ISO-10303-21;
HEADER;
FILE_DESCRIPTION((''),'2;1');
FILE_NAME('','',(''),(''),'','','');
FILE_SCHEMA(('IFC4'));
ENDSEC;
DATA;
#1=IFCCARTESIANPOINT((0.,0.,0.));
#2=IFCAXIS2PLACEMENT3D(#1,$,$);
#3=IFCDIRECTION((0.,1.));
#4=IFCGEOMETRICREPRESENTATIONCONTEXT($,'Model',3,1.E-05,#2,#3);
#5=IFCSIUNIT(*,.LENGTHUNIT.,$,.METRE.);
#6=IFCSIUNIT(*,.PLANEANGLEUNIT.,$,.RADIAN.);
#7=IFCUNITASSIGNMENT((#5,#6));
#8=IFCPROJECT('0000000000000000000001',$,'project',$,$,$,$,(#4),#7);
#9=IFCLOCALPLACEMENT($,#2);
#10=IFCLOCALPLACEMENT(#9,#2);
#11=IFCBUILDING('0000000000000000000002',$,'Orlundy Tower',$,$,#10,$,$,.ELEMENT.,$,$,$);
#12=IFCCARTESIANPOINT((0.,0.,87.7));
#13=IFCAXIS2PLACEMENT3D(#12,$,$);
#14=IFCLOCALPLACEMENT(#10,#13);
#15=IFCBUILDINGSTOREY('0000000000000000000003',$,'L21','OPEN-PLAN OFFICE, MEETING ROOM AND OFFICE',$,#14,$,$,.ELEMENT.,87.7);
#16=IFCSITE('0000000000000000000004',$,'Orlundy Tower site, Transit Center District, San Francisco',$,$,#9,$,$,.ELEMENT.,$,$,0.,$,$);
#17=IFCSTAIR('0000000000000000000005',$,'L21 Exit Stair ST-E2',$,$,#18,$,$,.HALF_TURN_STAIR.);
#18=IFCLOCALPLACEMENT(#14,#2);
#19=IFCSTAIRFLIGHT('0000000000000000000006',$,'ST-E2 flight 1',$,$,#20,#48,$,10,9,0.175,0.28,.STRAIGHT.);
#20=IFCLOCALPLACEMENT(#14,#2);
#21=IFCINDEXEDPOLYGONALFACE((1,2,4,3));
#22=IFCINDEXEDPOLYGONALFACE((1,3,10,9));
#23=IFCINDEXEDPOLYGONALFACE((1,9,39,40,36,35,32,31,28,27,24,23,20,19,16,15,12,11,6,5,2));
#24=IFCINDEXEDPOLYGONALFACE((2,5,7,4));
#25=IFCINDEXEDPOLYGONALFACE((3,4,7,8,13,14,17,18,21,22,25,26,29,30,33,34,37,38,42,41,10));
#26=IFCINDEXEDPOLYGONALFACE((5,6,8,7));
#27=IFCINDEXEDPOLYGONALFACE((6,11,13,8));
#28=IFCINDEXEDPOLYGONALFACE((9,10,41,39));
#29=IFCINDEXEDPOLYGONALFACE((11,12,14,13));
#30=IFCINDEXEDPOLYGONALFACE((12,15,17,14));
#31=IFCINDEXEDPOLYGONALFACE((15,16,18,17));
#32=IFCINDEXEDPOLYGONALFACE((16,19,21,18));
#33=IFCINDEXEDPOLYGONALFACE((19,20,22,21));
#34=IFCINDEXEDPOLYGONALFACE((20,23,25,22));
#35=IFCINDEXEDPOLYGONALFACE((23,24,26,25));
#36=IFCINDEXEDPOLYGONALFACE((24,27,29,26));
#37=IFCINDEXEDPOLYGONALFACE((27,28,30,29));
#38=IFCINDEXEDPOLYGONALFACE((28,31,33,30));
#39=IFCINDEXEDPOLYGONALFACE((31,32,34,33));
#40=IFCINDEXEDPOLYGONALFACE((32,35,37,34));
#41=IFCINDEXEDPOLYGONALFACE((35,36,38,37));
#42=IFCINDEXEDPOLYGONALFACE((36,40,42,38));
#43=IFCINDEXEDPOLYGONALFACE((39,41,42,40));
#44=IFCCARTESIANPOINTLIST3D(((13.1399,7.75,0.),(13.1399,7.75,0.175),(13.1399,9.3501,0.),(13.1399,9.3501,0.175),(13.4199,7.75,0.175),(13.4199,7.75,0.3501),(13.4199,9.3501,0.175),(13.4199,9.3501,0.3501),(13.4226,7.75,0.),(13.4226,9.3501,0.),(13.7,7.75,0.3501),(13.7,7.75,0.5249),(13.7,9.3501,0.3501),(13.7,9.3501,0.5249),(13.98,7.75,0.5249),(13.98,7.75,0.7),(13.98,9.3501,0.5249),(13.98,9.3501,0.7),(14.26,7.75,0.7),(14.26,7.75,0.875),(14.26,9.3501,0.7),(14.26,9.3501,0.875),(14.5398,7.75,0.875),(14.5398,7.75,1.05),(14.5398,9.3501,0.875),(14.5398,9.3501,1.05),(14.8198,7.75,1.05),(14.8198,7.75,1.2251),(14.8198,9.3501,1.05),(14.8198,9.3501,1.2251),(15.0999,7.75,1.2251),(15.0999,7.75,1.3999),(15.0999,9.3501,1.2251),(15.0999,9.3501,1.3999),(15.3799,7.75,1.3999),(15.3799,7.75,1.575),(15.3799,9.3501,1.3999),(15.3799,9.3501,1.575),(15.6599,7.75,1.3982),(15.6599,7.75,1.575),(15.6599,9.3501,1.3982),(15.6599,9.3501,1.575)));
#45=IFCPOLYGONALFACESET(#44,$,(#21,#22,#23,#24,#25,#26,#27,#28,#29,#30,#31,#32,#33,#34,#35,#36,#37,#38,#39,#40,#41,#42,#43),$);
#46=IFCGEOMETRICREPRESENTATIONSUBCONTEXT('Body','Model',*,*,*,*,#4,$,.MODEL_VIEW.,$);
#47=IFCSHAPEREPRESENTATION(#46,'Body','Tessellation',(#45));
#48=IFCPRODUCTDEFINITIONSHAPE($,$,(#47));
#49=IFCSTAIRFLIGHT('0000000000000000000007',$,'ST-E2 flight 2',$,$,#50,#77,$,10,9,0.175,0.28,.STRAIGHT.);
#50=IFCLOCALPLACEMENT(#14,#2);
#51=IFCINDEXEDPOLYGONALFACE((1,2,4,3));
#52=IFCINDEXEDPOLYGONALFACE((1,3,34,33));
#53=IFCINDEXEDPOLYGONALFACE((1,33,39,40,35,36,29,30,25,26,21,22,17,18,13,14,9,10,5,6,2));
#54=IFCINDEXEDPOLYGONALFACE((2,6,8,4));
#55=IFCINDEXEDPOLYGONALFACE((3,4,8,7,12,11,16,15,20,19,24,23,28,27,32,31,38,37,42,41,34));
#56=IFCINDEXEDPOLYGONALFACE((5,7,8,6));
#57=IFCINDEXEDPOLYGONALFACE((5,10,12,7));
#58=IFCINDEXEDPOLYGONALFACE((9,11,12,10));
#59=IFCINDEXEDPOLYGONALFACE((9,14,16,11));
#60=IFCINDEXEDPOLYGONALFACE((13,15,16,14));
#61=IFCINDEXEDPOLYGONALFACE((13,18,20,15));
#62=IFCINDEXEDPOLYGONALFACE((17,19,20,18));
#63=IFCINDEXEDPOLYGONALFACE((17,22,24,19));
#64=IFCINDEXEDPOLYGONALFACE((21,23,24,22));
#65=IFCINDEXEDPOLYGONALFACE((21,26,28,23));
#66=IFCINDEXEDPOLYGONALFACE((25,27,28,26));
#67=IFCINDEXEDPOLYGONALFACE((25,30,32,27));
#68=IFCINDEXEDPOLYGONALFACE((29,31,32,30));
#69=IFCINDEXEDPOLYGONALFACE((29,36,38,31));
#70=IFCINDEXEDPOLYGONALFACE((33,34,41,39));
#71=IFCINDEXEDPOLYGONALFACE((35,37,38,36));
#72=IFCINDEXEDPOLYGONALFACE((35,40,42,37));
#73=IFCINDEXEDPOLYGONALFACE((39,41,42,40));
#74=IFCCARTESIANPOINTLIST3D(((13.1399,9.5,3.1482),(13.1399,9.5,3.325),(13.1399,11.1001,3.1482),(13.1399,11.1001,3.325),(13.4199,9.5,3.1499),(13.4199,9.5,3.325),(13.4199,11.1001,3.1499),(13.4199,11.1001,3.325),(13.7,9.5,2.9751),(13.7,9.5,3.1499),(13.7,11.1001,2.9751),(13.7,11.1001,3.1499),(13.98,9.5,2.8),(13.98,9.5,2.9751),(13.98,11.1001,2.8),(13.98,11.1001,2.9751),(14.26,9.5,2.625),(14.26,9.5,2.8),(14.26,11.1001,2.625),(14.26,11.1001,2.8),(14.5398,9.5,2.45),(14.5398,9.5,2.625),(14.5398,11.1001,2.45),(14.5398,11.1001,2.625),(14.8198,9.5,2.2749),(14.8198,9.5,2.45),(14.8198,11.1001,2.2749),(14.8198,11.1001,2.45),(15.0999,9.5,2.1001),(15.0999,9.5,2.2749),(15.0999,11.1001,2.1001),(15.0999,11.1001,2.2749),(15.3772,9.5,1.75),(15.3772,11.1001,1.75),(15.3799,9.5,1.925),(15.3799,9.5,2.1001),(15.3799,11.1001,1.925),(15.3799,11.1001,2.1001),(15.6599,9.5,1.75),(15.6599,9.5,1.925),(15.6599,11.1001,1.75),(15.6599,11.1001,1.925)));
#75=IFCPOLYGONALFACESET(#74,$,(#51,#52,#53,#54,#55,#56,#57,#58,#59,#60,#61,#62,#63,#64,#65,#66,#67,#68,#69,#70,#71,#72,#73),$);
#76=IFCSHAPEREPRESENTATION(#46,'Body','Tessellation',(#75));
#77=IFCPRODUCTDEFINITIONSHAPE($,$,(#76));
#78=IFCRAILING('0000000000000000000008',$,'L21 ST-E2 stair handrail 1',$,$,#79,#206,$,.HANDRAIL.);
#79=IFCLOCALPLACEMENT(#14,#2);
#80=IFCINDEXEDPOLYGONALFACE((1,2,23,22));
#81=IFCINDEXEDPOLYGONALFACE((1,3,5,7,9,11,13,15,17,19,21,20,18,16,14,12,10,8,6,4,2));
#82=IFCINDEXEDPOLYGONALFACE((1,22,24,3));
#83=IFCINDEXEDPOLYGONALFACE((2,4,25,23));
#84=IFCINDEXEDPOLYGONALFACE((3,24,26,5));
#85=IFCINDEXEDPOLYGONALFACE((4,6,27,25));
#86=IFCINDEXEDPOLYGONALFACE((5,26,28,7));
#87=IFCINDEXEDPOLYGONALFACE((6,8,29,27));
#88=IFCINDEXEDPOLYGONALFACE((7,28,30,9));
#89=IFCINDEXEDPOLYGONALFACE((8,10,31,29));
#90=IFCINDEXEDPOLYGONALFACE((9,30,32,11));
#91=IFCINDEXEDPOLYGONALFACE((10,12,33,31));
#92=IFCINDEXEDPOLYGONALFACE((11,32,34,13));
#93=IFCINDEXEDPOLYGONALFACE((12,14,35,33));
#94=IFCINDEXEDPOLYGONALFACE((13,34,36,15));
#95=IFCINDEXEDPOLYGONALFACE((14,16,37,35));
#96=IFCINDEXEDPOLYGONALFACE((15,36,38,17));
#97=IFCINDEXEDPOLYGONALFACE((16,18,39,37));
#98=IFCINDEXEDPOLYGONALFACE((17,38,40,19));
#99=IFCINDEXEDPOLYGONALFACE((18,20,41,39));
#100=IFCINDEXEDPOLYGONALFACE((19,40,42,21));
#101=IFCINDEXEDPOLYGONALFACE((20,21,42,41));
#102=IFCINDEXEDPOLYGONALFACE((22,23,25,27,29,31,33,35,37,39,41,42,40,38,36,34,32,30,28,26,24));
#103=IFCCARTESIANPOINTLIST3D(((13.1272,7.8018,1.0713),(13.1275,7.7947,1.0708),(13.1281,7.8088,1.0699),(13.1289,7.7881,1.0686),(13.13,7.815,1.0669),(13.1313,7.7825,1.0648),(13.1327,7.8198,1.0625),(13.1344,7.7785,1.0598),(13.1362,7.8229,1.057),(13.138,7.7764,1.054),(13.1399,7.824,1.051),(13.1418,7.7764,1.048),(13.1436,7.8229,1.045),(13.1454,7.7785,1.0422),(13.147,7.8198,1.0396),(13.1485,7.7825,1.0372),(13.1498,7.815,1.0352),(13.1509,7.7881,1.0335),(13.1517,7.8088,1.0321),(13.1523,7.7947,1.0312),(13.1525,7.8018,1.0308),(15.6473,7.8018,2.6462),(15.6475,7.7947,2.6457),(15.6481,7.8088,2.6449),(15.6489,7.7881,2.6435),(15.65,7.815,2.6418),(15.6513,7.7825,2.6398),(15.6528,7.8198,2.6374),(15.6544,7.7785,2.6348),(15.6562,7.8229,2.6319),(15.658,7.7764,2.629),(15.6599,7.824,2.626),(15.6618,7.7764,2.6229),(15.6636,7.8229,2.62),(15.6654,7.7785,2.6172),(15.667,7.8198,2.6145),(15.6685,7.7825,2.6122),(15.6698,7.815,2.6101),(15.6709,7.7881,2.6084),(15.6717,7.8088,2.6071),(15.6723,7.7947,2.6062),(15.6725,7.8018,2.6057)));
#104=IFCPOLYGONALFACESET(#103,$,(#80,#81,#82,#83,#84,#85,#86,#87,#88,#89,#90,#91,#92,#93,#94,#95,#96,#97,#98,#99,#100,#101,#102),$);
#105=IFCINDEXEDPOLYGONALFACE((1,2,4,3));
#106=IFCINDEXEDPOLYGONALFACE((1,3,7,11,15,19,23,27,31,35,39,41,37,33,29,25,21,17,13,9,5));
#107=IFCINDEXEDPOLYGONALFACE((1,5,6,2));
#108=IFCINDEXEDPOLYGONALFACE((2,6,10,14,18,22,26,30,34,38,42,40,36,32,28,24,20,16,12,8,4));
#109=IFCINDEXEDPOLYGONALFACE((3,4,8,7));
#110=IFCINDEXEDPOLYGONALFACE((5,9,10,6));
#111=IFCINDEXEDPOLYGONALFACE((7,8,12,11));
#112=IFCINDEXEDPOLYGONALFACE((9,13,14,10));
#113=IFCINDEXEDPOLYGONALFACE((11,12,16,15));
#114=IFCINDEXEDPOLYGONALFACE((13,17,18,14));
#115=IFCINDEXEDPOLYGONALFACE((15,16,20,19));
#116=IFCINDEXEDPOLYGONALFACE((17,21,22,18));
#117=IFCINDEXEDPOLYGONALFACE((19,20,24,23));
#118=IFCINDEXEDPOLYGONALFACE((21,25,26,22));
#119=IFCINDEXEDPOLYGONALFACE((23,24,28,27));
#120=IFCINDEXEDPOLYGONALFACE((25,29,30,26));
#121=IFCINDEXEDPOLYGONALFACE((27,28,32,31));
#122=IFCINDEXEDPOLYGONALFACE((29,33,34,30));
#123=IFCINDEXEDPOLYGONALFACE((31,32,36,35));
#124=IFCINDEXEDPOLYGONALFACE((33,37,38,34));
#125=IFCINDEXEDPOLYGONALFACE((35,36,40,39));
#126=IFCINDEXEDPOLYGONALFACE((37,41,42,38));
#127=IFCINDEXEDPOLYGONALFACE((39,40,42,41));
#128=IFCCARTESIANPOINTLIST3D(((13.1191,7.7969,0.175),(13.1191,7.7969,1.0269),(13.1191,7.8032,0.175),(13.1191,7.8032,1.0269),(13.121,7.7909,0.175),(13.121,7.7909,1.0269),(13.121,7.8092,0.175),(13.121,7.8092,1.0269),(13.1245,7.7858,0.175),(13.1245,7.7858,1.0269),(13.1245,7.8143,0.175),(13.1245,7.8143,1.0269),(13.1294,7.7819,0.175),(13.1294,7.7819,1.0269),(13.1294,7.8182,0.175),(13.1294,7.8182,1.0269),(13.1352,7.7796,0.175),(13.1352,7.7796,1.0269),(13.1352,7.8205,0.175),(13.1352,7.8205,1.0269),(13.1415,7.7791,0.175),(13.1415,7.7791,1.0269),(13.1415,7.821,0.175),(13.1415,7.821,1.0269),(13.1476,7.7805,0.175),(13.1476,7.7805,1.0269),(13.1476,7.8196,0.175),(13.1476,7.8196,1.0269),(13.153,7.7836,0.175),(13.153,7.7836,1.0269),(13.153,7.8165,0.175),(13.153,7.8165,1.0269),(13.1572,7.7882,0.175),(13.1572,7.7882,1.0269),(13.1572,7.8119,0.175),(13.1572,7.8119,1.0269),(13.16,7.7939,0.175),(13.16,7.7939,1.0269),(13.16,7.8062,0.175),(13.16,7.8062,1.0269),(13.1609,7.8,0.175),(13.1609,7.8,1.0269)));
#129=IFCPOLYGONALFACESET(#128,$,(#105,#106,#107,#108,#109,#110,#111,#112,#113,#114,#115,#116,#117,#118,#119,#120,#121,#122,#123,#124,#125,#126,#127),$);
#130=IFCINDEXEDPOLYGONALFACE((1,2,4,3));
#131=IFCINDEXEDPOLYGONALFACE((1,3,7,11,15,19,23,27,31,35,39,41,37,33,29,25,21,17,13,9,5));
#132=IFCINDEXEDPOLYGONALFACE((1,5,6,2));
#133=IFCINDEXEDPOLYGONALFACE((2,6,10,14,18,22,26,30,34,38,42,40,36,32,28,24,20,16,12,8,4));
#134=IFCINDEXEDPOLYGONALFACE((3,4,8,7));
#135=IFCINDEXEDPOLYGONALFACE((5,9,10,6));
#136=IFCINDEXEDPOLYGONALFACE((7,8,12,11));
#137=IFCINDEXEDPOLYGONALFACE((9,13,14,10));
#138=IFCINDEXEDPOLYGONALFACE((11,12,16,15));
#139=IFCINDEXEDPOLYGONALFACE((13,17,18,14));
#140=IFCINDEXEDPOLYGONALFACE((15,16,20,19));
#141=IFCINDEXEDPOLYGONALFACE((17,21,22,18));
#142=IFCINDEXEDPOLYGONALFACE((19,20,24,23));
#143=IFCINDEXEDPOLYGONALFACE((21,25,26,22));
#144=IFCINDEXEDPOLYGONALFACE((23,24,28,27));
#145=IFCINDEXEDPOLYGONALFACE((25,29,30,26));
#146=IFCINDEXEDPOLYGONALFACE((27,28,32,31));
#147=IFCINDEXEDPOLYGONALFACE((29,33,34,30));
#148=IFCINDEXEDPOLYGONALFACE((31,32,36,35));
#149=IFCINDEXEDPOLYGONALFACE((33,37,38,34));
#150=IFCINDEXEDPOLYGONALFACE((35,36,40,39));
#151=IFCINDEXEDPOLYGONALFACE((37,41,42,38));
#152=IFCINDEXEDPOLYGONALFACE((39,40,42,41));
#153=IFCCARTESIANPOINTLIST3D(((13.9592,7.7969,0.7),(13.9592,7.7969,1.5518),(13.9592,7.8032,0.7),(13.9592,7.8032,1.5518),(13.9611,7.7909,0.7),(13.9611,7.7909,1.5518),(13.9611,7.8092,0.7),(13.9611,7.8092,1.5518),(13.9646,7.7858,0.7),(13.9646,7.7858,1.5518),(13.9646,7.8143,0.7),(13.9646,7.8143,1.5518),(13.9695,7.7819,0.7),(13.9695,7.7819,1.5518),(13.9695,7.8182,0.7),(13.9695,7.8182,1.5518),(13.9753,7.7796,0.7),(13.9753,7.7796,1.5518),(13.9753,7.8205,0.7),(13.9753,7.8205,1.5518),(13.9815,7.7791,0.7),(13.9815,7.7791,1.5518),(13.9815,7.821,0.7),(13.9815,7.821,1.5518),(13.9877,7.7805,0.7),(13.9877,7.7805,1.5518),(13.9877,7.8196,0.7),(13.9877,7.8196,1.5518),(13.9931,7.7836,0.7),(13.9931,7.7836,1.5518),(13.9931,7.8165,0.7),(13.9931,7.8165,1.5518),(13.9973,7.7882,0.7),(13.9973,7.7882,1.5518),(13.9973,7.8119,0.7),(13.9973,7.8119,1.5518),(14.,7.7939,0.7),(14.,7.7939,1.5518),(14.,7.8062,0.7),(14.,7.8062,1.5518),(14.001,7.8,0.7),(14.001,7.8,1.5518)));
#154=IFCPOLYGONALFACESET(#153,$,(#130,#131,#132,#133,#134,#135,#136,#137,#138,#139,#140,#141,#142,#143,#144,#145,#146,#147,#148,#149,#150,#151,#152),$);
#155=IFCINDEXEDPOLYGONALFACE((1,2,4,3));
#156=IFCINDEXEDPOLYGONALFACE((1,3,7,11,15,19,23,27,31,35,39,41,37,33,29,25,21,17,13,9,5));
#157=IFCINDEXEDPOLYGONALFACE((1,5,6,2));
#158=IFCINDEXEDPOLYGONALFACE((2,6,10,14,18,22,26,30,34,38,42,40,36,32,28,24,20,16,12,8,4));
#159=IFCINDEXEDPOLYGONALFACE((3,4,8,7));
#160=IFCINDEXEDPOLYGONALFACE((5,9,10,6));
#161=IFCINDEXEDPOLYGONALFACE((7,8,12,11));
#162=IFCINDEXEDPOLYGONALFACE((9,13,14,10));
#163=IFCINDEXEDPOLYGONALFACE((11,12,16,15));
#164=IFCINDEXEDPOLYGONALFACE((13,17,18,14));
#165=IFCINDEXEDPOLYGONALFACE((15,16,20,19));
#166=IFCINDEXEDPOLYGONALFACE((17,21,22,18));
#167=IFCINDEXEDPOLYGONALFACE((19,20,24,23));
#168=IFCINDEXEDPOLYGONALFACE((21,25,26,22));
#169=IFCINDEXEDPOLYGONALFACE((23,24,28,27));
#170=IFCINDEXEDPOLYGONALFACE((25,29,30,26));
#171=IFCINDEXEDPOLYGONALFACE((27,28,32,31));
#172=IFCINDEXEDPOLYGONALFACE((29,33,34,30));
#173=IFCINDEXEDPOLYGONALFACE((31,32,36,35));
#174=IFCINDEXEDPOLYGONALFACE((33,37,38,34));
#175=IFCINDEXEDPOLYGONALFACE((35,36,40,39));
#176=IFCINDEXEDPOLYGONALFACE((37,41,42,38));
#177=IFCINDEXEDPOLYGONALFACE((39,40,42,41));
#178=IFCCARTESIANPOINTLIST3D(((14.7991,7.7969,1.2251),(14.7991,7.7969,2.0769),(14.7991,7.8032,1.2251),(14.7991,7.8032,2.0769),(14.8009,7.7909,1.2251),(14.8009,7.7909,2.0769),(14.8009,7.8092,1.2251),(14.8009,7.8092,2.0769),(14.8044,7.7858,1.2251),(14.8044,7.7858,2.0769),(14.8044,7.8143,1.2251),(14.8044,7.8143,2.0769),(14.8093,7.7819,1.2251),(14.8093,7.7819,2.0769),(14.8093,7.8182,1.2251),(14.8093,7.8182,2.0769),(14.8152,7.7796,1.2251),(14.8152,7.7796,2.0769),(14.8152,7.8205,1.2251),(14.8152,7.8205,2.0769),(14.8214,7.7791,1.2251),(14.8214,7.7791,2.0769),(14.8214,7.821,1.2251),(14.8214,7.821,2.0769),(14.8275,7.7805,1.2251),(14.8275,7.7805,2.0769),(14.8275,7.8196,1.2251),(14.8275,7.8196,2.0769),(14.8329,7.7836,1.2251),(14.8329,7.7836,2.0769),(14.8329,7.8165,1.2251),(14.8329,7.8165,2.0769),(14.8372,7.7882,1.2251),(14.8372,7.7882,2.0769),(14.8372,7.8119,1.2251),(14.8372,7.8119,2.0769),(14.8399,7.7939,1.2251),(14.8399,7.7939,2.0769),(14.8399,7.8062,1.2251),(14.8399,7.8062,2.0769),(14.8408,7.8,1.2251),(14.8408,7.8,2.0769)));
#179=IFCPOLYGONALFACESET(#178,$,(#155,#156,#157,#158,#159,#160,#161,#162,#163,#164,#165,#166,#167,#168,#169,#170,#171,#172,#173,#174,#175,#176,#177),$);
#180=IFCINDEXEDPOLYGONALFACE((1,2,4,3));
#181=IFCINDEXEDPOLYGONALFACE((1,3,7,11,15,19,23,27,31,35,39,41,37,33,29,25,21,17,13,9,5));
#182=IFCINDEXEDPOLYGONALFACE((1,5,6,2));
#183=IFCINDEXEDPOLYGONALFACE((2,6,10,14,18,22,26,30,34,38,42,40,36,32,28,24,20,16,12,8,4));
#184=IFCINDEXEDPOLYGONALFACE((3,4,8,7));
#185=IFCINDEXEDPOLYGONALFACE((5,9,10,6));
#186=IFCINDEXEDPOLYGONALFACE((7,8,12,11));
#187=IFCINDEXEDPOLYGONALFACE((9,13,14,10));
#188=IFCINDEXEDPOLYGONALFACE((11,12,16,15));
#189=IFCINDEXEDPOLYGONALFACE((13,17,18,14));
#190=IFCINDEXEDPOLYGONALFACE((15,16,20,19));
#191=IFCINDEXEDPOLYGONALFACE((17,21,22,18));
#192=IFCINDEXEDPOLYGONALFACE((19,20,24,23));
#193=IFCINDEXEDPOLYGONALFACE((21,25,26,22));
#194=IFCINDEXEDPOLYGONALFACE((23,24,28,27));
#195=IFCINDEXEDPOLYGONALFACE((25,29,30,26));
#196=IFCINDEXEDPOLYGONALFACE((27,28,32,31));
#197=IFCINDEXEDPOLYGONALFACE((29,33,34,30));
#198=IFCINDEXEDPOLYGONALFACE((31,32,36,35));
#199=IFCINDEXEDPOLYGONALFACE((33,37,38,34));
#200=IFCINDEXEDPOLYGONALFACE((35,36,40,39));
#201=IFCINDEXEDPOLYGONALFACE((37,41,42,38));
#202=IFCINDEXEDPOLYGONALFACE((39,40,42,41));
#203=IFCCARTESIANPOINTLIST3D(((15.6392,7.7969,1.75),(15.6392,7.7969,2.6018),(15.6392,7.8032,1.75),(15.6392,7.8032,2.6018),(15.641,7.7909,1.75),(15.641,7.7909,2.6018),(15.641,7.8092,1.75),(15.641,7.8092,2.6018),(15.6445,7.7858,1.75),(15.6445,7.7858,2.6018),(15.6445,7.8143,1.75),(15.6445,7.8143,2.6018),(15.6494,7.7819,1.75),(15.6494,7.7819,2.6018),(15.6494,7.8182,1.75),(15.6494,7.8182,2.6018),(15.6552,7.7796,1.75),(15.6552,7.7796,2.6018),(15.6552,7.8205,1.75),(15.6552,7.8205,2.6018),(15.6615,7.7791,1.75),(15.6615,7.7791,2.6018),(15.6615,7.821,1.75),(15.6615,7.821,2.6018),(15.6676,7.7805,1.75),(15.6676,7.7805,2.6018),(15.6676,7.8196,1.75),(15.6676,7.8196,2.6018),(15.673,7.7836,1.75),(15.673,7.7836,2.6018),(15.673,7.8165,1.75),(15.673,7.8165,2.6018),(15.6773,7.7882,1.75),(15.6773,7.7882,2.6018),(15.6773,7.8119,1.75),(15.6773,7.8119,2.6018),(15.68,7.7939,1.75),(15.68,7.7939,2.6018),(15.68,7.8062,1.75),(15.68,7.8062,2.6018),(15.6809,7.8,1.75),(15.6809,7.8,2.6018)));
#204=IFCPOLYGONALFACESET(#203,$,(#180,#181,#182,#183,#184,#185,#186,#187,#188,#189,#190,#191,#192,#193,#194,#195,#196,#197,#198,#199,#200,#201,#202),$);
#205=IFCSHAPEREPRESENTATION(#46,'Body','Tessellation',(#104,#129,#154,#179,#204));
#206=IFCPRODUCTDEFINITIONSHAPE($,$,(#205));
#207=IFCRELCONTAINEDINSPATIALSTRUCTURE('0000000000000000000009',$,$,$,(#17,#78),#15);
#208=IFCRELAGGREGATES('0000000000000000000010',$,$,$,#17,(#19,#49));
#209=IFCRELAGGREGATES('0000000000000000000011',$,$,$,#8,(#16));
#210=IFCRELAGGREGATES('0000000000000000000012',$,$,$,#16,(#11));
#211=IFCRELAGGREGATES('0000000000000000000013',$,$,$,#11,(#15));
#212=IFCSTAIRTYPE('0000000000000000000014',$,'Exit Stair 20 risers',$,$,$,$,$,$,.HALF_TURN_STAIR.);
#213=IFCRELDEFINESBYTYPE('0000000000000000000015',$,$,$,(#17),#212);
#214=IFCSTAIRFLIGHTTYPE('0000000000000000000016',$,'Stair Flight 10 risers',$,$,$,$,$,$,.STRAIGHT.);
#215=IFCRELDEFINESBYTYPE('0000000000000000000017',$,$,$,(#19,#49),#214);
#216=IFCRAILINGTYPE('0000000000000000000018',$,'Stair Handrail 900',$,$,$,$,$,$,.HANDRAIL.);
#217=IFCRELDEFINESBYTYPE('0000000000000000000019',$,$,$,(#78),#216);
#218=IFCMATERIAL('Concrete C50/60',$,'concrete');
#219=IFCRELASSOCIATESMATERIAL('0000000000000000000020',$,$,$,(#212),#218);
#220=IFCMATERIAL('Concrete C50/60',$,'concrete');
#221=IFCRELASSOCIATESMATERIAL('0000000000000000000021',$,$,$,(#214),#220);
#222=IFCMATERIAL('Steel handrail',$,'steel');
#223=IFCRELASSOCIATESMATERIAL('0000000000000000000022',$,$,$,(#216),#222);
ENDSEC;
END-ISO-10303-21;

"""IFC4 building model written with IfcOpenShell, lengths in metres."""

from ifc_helpers import new_model, si_unit, direction, frame, origin, origin_2d, place, context, subcontext, project, spatial, polyline, circle, outline, extrude, material, type_object, element, aggregate, save


model = new_model("IFC4")

# Units and contexts
model_context = context("Model", 3, precision=1e-05, world=origin(), true_north=direction((0.0, 1.0)))
body_context = subcontext(model_context, "Body", "Model", "MODEL_VIEW")
ifc_project = project(units=[si_unit("LENGTHUNIT", "METRE"), si_unit("PLANEANGLEUNIT", "RADIAN")], contexts=[model_context])

# Site, building, storey
site_placement = place(None, origin())
site = spatial("IfcSite", under=ifc_project, at=site_placement, Name="Orlundy Tower site, Transit Center District, San Francisco", CompositionType="ELEMENT", RefElevation=0.0)
building_placement = place(site_placement, origin())
building = spatial("IfcBuilding", under=site, at=building_placement, Name="Orlundy Tower", CompositionType="ELEMENT")
storey_placement = place(building_placement, frame((0.0, 0.0, 87.7)))
storey = spatial("IfcBuildingStorey", under=building, at=storey_placement, Name="L21", Description="OPEN-PLAN OFFICE, MEETING ROOM AND OFFICE", CompositionType="ELEMENT", Elevation=87.7)

# Stair, stair flights
ifc_material_1 = material(Name="Concrete C50/60", Category="concrete")
stair_type = type_object("IfcStairType", Name="Exit Stair 20 risers", PredefinedType="HALF_TURN_STAIR", material=ifc_material_1)
stair_placement = place(storey_placement, origin())
stair = element("IfcStair", 1, at=stair_placement, inside=storey, type_object=stair_type, Name="L21 Exit Stair ST-E2", PredefinedType="HALF_TURN_STAIR")
ifc_material_2 = material(Name="Concrete C50/60", Category="concrete")
stair_flight_type = type_object("IfcStairFlightType", Name="Stair Flight 10 risers", PredefinedType="STRAIGHT", material=ifc_material_2)
stair_flight_1_placement = place(storey_placement, frame((13.1399, 8.55, 0.0), z_axis=(0.0, 0.0, 1.0), x_axis=(1.0, 0.0, 0.0)))
stair_flight_1 = element("IfcStairFlight", 2, at=stair_flight_1_placement, type_object=stair_flight_type, Name="ST-E2 flight 1", NumberOfRisers=10, NumberOfTreads=9, PredefinedType="STRAIGHT", RiserHeight=0.175, TreadLength=0.28, context=body_context, shape_type="SweptSolid", body=[
    extrude(outline(polyline([(0.0, 0.0), (0.0, 0.175), (0.28, 0.175), (0.28, 0.3501), (0.5601, 0.3501), (0.5601, 0.5249), (0.8401, 0.5249), (0.8401, 0.7), (1.1201, 0.7), (1.1201, 0.875), (1.3999, 0.875), (1.3999, 1.05), (1.6799, 1.05), (1.6799, 1.2251), (1.96, 1.2251), (1.96, 1.3999), (2.24, 1.3999), (2.24, 1.575), (2.52, 1.575), (2.52, 1.75), (2.52, 1.3982), (0.2827, 0.0), (0.0, 0.0)])), frame((0.0, 0.8, 0.0), z_axis=(0.0, -1.0, 0.0), x_axis=(1.0, 0.0, 0.0)), (0.0, 0.0, 1.0), 1.6001),
])
stair_flight_2_placement = place(storey_placement, frame((15.6599, 10.3, 1.75), z_axis=(0.0, 0.0, 1.0), x_axis=(-1.0, 0.0, 0.0)))
stair_flight_2 = element("IfcStairFlight", 3, at=stair_flight_2_placement, type_object=stair_flight_type, Name="ST-E2 flight 2", NumberOfRisers=10, NumberOfTreads=9, PredefinedType="STRAIGHT", RiserHeight=0.175, TreadLength=0.28, context=body_context, shape_type="SweptSolid", body=[
    extrude(outline(polyline([(0.0, 0.0), (0.0, 0.175), (0.28, 0.175), (0.28, 0.3501), (0.5601, 0.3501), (0.5601, 0.5249), (0.8401, 0.5249), (0.8401, 0.7), (1.1201, 0.7), (1.1201, 0.875), (1.3999, 0.875), (1.3999, 1.05), (1.6799, 1.05), (1.6799, 1.2251), (1.96, 1.2251), (1.96, 1.3999), (2.24, 1.3999), (2.24, 1.575), (2.52, 1.575), (2.52, 1.75), (2.52, 1.3982), (0.2827, 0.0), (0.0, 0.0)])), frame((0.0, 0.8, 0.0), z_axis=(0.0, -1.0, 0.0), x_axis=(1.0, 0.0, 0.0)), (0.0, 0.0, 1.0), 1.6001),
])
aggregate(stair, [stair_flight_1, stair_flight_2])

# Railing
ifc_material_3 = material(Name="Steel handrail", Category="steel")
railing_type_1 = type_object("IfcRailingType", Name="Stair Handrail 900", PredefinedType="HANDRAIL", material=ifc_material_3)
railing_1_placement = place(storey_placement, frame((13.1399, 7.8, 0.175)))
element("IfcRailing", 4, at=railing_1_placement, inside=storey, type_object=railing_type_1, Name="L21 ST-E2 stair handrail 1", PredefinedType="HANDRAIL", context=body_context, shape_type="SweptSolid", body=[
    extrude(circle(Radius=0.0239, at=origin_2d()), frame((0.0, 0.0, 0.876), z_axis=(0.848008, 0.0, 0.529984), x_axis=(0.0, 1.0, 0.0)), (0.0, 0.0, 1.0), 2.9717),
    extrude(circle(Radius=0.021, at=origin_2d()), origin(), (0.0, 0.0, 1.0), 0.8518),
    extrude(circle(Radius=0.021, at=origin_2d()), frame((0.8401, 0.0, 0.5249)), (0.0, 0.0, 1.0), 0.8518),
    extrude(circle(Radius=0.021, at=origin_2d()), frame((1.6799, 0.0, 1.05)), (0.0, 0.0, 1.0), 0.8518),
    extrude(circle(Radius=0.021, at=origin_2d()), frame((2.52, 0.0, 1.575)), (0.0, 0.0, 1.0), 0.8518),
])

save(model, "model.ifc")
